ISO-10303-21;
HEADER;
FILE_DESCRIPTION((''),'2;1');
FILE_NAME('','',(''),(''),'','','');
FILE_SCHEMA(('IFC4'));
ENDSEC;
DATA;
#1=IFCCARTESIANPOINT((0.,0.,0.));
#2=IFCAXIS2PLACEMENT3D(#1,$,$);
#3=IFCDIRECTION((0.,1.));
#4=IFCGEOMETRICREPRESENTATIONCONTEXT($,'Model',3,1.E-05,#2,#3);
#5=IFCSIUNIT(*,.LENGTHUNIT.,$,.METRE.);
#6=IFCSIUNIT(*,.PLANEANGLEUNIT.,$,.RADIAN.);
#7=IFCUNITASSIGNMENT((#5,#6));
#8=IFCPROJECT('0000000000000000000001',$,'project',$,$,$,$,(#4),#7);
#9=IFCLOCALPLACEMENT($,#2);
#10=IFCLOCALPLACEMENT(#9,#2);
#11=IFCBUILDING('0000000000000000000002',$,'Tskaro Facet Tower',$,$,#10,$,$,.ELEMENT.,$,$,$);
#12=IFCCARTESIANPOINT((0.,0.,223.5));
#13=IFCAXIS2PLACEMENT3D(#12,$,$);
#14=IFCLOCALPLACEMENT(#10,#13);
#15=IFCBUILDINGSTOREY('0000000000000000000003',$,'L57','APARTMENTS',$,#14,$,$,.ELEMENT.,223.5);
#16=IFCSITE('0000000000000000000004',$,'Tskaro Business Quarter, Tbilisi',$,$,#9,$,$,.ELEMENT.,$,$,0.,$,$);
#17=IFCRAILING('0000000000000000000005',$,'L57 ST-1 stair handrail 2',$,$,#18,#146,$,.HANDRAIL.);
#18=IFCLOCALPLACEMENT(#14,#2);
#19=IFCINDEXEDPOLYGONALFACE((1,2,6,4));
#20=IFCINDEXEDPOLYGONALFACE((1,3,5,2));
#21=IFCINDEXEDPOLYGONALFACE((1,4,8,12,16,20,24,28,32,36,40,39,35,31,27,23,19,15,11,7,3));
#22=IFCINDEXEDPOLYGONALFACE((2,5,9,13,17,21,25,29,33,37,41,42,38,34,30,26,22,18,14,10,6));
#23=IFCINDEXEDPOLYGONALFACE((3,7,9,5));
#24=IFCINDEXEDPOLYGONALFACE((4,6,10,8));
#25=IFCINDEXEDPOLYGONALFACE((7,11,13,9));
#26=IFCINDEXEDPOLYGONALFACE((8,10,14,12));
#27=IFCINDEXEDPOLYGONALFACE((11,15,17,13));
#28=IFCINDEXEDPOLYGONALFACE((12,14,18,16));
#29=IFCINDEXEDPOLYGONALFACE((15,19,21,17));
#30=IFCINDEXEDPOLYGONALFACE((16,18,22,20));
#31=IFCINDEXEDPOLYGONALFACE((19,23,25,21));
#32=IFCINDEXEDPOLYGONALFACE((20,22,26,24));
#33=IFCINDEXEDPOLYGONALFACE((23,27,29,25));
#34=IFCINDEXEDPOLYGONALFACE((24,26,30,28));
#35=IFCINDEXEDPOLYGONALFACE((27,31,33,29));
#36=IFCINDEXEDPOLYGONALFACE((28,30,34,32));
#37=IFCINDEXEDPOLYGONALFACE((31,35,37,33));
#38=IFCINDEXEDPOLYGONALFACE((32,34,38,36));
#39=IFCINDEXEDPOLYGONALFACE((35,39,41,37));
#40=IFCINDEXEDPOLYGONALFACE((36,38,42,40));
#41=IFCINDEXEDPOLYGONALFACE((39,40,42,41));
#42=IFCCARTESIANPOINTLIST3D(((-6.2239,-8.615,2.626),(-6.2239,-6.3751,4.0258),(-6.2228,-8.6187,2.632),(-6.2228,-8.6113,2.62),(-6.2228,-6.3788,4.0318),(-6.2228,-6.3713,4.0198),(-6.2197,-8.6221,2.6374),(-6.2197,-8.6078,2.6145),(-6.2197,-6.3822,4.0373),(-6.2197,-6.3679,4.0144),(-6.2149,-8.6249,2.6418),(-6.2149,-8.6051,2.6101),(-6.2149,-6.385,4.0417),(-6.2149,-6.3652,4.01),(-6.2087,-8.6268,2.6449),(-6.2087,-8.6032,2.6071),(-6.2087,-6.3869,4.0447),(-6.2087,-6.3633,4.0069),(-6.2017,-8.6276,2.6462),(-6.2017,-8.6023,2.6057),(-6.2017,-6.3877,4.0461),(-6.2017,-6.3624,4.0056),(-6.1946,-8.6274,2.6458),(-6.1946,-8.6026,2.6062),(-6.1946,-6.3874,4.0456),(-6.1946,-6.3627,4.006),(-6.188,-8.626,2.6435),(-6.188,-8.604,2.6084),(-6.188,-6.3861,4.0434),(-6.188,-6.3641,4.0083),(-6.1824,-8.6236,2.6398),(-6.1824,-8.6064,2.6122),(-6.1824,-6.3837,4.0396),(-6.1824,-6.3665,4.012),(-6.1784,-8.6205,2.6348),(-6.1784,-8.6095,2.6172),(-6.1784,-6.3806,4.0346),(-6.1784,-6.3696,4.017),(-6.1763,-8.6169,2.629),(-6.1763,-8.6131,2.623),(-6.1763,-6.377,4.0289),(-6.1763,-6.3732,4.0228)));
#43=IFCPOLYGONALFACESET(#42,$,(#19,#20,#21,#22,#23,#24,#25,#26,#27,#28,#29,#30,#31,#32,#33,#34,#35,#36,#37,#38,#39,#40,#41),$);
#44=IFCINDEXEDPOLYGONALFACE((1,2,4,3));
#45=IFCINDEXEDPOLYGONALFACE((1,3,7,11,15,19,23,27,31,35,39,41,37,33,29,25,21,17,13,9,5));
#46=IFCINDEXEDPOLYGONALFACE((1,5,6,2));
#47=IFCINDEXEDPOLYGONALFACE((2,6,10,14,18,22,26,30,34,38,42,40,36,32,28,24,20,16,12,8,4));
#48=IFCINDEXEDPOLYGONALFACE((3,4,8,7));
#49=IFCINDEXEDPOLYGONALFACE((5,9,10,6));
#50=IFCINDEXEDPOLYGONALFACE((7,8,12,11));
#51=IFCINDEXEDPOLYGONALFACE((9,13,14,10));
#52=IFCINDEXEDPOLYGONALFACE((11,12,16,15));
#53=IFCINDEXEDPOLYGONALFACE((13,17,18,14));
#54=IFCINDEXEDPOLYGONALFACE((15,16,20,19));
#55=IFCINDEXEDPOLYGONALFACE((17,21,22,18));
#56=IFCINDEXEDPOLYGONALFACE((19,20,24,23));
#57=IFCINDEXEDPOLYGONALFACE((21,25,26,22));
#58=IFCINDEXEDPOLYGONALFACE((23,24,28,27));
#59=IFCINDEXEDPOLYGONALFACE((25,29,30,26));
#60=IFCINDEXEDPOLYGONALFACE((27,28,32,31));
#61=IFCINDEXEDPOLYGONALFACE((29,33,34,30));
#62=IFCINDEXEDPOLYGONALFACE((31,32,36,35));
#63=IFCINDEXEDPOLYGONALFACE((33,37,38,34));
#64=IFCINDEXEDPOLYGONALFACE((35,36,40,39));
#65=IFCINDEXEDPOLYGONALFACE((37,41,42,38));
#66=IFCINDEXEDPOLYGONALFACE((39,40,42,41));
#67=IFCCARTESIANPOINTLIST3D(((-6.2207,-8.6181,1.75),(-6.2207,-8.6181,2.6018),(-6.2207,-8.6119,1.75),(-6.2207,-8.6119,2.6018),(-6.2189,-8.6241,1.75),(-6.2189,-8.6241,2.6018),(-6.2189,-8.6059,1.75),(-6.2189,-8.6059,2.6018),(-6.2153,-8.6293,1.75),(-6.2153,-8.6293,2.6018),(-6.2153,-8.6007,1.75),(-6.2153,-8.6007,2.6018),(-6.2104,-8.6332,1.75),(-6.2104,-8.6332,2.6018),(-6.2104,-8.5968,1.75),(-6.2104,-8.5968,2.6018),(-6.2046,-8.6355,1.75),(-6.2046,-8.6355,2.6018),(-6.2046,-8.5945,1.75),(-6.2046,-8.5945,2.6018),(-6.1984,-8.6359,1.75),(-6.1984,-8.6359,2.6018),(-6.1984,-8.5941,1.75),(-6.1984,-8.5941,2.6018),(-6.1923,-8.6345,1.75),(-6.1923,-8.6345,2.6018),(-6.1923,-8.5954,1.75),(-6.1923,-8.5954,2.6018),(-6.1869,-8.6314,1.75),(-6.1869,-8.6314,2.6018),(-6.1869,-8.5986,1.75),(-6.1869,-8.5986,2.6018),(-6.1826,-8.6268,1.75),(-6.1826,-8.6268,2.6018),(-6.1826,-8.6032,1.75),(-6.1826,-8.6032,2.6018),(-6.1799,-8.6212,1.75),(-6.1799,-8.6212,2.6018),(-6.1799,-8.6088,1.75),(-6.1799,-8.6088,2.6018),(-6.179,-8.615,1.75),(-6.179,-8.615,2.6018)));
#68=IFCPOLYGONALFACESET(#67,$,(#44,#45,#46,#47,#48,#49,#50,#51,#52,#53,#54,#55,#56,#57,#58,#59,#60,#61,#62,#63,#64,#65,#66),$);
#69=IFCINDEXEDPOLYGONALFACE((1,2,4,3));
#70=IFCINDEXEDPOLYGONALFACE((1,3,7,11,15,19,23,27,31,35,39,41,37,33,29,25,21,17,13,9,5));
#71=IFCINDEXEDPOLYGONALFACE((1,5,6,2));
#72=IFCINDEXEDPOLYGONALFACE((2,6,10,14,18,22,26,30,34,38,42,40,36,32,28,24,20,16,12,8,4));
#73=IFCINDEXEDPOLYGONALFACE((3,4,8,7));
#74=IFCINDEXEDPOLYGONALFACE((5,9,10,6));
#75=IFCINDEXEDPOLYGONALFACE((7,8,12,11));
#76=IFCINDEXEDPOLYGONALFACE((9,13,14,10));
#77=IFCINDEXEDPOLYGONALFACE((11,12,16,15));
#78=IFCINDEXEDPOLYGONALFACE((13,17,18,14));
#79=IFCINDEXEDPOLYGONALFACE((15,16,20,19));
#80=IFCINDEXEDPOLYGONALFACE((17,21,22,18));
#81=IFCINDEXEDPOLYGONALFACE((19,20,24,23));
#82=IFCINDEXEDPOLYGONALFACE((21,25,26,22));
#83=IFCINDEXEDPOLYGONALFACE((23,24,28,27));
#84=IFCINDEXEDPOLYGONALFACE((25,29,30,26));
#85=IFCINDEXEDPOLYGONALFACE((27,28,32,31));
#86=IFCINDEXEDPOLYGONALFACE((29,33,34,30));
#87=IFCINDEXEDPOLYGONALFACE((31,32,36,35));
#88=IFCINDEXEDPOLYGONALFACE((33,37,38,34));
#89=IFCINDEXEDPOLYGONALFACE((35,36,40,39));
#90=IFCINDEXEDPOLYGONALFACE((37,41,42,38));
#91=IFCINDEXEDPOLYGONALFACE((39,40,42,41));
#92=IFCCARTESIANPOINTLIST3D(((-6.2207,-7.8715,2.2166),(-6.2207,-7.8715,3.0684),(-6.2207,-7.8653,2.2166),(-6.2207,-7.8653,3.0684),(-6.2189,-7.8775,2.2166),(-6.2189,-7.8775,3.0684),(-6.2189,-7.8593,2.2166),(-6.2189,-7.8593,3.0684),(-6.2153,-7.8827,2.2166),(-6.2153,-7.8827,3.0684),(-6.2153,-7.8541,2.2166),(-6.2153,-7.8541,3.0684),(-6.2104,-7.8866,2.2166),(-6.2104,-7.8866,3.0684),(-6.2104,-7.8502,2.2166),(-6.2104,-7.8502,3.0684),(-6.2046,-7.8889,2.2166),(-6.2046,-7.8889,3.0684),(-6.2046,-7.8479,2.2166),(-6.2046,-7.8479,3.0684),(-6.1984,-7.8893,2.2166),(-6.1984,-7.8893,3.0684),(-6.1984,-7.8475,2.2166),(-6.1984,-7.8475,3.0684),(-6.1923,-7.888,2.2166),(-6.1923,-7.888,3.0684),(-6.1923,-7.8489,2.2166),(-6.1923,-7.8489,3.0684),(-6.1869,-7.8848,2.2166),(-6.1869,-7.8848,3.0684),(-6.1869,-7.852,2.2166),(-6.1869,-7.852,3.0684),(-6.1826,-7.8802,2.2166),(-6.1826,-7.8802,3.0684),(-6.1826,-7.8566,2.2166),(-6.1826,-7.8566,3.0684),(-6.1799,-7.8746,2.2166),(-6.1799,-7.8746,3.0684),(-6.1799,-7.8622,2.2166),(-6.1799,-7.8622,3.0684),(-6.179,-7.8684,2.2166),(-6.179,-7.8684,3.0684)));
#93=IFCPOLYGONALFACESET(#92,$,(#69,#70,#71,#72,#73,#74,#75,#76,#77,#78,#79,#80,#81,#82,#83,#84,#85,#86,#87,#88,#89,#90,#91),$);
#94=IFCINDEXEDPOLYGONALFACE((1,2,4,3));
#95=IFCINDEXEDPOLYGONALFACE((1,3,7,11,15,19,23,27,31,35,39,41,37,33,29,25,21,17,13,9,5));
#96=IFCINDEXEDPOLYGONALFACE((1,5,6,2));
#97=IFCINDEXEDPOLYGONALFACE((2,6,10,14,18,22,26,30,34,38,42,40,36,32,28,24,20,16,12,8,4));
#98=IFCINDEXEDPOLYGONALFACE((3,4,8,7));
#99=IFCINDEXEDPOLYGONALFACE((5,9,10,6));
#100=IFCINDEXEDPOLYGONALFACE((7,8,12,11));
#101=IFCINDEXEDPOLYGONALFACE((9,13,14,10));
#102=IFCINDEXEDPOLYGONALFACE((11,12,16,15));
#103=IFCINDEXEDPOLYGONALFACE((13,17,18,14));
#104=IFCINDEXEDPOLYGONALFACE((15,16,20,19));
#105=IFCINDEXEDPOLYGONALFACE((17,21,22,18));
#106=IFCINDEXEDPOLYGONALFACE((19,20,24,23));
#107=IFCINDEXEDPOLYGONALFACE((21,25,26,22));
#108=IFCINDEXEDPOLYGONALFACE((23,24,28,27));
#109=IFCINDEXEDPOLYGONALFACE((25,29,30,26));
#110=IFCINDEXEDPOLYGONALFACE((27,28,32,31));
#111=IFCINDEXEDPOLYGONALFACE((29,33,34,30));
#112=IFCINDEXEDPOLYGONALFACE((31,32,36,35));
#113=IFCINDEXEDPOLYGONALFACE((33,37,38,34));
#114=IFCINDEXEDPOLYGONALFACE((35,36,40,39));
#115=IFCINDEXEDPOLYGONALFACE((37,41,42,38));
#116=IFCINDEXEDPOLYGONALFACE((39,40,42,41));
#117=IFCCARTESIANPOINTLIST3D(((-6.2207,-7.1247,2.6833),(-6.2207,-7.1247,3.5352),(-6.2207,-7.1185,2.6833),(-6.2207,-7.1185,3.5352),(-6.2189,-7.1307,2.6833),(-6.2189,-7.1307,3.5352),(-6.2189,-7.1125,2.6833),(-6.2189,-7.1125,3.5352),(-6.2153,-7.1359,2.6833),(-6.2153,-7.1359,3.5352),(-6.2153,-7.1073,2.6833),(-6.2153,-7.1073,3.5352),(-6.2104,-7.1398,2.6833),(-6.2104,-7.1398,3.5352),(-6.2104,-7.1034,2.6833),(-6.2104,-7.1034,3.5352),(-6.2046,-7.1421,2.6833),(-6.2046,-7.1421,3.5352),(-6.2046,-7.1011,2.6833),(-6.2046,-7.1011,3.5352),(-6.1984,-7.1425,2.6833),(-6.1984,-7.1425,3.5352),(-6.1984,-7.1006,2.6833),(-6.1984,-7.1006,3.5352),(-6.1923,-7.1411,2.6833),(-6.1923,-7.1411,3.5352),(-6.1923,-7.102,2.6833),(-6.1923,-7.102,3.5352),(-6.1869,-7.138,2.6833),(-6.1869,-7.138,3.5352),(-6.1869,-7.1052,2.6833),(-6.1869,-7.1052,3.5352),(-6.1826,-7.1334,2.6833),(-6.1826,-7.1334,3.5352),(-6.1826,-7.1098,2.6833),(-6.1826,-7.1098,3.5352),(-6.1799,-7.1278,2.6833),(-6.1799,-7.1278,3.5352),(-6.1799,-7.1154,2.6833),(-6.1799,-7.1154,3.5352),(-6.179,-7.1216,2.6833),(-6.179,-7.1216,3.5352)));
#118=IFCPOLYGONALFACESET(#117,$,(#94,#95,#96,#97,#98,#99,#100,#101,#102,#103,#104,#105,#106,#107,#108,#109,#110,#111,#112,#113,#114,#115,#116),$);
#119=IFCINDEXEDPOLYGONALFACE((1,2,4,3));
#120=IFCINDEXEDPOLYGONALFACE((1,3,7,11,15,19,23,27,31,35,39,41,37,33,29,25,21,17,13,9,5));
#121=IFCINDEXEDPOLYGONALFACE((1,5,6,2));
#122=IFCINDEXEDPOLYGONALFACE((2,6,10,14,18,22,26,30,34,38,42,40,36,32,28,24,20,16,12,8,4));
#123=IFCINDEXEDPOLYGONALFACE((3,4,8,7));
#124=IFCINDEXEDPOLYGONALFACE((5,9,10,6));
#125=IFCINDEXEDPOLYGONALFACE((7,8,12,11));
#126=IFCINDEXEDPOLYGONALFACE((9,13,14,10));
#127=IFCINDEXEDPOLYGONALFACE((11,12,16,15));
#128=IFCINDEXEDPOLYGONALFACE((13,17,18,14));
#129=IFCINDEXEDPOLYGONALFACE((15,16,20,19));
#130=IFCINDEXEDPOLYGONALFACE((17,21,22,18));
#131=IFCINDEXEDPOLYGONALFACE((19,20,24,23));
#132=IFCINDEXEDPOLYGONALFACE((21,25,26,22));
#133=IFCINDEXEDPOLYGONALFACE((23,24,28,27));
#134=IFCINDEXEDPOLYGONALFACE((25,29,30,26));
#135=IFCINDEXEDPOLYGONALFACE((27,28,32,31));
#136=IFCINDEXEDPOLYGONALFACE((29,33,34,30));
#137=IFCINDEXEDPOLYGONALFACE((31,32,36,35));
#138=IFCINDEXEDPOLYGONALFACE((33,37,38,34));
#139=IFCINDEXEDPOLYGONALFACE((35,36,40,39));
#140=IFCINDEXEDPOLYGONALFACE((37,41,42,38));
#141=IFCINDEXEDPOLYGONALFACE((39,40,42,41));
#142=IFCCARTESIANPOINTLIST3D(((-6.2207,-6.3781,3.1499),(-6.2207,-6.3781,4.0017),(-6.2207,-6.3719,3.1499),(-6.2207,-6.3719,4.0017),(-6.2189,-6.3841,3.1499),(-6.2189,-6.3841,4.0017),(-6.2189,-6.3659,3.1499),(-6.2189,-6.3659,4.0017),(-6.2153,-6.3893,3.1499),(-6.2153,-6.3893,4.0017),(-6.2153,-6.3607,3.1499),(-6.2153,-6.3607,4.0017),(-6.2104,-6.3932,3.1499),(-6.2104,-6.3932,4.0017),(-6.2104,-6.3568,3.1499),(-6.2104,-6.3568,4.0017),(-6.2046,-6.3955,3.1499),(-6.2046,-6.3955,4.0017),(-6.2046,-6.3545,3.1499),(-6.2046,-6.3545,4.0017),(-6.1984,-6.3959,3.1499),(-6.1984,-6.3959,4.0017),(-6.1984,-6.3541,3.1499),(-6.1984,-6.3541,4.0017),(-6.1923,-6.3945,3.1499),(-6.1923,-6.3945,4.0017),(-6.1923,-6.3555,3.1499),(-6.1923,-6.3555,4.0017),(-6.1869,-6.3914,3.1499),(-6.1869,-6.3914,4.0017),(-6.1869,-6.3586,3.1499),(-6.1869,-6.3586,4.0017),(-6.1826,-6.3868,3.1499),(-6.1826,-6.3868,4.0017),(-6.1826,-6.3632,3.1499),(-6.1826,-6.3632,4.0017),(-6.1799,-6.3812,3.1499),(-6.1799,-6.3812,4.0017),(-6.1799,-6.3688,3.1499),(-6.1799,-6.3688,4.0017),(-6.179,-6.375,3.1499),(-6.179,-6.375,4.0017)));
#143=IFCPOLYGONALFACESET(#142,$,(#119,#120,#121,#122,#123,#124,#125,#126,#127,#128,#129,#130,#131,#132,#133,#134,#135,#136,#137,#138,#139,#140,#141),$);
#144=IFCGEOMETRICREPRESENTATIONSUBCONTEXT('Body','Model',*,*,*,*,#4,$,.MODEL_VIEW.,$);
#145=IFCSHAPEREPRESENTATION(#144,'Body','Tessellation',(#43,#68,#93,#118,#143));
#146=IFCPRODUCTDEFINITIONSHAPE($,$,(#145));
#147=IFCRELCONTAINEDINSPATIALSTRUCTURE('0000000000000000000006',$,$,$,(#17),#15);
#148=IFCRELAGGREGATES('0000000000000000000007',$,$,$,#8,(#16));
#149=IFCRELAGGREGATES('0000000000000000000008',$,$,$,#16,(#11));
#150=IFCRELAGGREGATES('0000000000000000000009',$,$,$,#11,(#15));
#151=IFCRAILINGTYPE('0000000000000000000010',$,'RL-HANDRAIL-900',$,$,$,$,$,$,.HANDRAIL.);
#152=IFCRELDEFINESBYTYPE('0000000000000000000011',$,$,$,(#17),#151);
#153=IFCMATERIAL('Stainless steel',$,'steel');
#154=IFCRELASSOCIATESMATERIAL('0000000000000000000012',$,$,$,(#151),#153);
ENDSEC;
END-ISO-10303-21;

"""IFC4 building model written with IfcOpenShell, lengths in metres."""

from ifc_helpers import new_model, si_unit, direction, frame, origin, origin_2d, place, context, subcontext, project, spatial, circle, extrude, material, type_object, element, save


model = new_model("IFC4")

# Units and contexts
model_context = context("Model", 3, precision=1e-05, world=origin(), true_north=direction((0.0, 1.0)))
body_context = subcontext(model_context, "Body", "Model", "MODEL_VIEW")
ifc_project = project(units=[si_unit("LENGTHUNIT", "METRE"), si_unit("PLANEANGLEUNIT", "RADIAN")], contexts=[model_context])

# Site, building, storey
site_placement = place(None, origin())
site = spatial("IfcSite", under=ifc_project, at=site_placement, Name="Tskaro Business Quarter, Tbilisi", CompositionType="ELEMENT", RefElevation=0.0)
building_placement = place(site_placement, origin())
building = spatial("IfcBuilding", under=site, at=building_placement, Name="Tskaro Facet Tower", CompositionType="ELEMENT")
storey_placement = place(building_placement, frame((0.0, 0.0, 223.5)))
storey = spatial("IfcBuildingStorey", under=building, at=storey_placement, Name="L57", Description="APARTMENTS", CompositionType="ELEMENT", Elevation=223.5)

# Shared definitions
ifc_material_1 = material(Name="Stainless steel", Category="steel")

# Railing
railing_type_1 = type_object("IfcRailingType", Name="RL-HANDRAIL-900", PredefinedType="HANDRAIL", material=ifc_material_1)
railing_1_placement = place(storey_placement, frame((-6.2, -8.615, 1.75)))
element("IfcRailing", 1, at=railing_1_placement, inside=storey, type_object=railing_type_1, Name="L57 ST-1 stair handrail 2", PredefinedType="HANDRAIL", context=body_context, shape_type="SweptSolid", body=[
    extrude(circle(Radius=0.0239, at=origin_2d()), frame((0.0, 0.0, 0.876), z_axis=(0.0, 0.848014, 0.529974), x_axis=(-1.0, 0.0, 0.0)), (0.0, 0.0, 1.0), 2.6414),
    extrude(circle(Radius=0.021, at=origin_2d()), origin(), (0.0, 0.0, 1.0), 0.8518),
    extrude(circle(Radius=0.021, at=origin_2d()), frame((0.0, 0.7466, 0.4666)), (0.0, 0.0, 1.0), 0.8518),
    extrude(circle(Radius=0.021, at=origin_2d()), frame((0.0, 1.4934, 0.9333)), (0.0, 0.0, 1.0), 0.8518),
    extrude(circle(Radius=0.021, at=origin_2d()), frame((0.0, 2.24, 1.3999)), (0.0, 0.0, 1.0), 0.8518),
])

save(model, "model.ifc")
